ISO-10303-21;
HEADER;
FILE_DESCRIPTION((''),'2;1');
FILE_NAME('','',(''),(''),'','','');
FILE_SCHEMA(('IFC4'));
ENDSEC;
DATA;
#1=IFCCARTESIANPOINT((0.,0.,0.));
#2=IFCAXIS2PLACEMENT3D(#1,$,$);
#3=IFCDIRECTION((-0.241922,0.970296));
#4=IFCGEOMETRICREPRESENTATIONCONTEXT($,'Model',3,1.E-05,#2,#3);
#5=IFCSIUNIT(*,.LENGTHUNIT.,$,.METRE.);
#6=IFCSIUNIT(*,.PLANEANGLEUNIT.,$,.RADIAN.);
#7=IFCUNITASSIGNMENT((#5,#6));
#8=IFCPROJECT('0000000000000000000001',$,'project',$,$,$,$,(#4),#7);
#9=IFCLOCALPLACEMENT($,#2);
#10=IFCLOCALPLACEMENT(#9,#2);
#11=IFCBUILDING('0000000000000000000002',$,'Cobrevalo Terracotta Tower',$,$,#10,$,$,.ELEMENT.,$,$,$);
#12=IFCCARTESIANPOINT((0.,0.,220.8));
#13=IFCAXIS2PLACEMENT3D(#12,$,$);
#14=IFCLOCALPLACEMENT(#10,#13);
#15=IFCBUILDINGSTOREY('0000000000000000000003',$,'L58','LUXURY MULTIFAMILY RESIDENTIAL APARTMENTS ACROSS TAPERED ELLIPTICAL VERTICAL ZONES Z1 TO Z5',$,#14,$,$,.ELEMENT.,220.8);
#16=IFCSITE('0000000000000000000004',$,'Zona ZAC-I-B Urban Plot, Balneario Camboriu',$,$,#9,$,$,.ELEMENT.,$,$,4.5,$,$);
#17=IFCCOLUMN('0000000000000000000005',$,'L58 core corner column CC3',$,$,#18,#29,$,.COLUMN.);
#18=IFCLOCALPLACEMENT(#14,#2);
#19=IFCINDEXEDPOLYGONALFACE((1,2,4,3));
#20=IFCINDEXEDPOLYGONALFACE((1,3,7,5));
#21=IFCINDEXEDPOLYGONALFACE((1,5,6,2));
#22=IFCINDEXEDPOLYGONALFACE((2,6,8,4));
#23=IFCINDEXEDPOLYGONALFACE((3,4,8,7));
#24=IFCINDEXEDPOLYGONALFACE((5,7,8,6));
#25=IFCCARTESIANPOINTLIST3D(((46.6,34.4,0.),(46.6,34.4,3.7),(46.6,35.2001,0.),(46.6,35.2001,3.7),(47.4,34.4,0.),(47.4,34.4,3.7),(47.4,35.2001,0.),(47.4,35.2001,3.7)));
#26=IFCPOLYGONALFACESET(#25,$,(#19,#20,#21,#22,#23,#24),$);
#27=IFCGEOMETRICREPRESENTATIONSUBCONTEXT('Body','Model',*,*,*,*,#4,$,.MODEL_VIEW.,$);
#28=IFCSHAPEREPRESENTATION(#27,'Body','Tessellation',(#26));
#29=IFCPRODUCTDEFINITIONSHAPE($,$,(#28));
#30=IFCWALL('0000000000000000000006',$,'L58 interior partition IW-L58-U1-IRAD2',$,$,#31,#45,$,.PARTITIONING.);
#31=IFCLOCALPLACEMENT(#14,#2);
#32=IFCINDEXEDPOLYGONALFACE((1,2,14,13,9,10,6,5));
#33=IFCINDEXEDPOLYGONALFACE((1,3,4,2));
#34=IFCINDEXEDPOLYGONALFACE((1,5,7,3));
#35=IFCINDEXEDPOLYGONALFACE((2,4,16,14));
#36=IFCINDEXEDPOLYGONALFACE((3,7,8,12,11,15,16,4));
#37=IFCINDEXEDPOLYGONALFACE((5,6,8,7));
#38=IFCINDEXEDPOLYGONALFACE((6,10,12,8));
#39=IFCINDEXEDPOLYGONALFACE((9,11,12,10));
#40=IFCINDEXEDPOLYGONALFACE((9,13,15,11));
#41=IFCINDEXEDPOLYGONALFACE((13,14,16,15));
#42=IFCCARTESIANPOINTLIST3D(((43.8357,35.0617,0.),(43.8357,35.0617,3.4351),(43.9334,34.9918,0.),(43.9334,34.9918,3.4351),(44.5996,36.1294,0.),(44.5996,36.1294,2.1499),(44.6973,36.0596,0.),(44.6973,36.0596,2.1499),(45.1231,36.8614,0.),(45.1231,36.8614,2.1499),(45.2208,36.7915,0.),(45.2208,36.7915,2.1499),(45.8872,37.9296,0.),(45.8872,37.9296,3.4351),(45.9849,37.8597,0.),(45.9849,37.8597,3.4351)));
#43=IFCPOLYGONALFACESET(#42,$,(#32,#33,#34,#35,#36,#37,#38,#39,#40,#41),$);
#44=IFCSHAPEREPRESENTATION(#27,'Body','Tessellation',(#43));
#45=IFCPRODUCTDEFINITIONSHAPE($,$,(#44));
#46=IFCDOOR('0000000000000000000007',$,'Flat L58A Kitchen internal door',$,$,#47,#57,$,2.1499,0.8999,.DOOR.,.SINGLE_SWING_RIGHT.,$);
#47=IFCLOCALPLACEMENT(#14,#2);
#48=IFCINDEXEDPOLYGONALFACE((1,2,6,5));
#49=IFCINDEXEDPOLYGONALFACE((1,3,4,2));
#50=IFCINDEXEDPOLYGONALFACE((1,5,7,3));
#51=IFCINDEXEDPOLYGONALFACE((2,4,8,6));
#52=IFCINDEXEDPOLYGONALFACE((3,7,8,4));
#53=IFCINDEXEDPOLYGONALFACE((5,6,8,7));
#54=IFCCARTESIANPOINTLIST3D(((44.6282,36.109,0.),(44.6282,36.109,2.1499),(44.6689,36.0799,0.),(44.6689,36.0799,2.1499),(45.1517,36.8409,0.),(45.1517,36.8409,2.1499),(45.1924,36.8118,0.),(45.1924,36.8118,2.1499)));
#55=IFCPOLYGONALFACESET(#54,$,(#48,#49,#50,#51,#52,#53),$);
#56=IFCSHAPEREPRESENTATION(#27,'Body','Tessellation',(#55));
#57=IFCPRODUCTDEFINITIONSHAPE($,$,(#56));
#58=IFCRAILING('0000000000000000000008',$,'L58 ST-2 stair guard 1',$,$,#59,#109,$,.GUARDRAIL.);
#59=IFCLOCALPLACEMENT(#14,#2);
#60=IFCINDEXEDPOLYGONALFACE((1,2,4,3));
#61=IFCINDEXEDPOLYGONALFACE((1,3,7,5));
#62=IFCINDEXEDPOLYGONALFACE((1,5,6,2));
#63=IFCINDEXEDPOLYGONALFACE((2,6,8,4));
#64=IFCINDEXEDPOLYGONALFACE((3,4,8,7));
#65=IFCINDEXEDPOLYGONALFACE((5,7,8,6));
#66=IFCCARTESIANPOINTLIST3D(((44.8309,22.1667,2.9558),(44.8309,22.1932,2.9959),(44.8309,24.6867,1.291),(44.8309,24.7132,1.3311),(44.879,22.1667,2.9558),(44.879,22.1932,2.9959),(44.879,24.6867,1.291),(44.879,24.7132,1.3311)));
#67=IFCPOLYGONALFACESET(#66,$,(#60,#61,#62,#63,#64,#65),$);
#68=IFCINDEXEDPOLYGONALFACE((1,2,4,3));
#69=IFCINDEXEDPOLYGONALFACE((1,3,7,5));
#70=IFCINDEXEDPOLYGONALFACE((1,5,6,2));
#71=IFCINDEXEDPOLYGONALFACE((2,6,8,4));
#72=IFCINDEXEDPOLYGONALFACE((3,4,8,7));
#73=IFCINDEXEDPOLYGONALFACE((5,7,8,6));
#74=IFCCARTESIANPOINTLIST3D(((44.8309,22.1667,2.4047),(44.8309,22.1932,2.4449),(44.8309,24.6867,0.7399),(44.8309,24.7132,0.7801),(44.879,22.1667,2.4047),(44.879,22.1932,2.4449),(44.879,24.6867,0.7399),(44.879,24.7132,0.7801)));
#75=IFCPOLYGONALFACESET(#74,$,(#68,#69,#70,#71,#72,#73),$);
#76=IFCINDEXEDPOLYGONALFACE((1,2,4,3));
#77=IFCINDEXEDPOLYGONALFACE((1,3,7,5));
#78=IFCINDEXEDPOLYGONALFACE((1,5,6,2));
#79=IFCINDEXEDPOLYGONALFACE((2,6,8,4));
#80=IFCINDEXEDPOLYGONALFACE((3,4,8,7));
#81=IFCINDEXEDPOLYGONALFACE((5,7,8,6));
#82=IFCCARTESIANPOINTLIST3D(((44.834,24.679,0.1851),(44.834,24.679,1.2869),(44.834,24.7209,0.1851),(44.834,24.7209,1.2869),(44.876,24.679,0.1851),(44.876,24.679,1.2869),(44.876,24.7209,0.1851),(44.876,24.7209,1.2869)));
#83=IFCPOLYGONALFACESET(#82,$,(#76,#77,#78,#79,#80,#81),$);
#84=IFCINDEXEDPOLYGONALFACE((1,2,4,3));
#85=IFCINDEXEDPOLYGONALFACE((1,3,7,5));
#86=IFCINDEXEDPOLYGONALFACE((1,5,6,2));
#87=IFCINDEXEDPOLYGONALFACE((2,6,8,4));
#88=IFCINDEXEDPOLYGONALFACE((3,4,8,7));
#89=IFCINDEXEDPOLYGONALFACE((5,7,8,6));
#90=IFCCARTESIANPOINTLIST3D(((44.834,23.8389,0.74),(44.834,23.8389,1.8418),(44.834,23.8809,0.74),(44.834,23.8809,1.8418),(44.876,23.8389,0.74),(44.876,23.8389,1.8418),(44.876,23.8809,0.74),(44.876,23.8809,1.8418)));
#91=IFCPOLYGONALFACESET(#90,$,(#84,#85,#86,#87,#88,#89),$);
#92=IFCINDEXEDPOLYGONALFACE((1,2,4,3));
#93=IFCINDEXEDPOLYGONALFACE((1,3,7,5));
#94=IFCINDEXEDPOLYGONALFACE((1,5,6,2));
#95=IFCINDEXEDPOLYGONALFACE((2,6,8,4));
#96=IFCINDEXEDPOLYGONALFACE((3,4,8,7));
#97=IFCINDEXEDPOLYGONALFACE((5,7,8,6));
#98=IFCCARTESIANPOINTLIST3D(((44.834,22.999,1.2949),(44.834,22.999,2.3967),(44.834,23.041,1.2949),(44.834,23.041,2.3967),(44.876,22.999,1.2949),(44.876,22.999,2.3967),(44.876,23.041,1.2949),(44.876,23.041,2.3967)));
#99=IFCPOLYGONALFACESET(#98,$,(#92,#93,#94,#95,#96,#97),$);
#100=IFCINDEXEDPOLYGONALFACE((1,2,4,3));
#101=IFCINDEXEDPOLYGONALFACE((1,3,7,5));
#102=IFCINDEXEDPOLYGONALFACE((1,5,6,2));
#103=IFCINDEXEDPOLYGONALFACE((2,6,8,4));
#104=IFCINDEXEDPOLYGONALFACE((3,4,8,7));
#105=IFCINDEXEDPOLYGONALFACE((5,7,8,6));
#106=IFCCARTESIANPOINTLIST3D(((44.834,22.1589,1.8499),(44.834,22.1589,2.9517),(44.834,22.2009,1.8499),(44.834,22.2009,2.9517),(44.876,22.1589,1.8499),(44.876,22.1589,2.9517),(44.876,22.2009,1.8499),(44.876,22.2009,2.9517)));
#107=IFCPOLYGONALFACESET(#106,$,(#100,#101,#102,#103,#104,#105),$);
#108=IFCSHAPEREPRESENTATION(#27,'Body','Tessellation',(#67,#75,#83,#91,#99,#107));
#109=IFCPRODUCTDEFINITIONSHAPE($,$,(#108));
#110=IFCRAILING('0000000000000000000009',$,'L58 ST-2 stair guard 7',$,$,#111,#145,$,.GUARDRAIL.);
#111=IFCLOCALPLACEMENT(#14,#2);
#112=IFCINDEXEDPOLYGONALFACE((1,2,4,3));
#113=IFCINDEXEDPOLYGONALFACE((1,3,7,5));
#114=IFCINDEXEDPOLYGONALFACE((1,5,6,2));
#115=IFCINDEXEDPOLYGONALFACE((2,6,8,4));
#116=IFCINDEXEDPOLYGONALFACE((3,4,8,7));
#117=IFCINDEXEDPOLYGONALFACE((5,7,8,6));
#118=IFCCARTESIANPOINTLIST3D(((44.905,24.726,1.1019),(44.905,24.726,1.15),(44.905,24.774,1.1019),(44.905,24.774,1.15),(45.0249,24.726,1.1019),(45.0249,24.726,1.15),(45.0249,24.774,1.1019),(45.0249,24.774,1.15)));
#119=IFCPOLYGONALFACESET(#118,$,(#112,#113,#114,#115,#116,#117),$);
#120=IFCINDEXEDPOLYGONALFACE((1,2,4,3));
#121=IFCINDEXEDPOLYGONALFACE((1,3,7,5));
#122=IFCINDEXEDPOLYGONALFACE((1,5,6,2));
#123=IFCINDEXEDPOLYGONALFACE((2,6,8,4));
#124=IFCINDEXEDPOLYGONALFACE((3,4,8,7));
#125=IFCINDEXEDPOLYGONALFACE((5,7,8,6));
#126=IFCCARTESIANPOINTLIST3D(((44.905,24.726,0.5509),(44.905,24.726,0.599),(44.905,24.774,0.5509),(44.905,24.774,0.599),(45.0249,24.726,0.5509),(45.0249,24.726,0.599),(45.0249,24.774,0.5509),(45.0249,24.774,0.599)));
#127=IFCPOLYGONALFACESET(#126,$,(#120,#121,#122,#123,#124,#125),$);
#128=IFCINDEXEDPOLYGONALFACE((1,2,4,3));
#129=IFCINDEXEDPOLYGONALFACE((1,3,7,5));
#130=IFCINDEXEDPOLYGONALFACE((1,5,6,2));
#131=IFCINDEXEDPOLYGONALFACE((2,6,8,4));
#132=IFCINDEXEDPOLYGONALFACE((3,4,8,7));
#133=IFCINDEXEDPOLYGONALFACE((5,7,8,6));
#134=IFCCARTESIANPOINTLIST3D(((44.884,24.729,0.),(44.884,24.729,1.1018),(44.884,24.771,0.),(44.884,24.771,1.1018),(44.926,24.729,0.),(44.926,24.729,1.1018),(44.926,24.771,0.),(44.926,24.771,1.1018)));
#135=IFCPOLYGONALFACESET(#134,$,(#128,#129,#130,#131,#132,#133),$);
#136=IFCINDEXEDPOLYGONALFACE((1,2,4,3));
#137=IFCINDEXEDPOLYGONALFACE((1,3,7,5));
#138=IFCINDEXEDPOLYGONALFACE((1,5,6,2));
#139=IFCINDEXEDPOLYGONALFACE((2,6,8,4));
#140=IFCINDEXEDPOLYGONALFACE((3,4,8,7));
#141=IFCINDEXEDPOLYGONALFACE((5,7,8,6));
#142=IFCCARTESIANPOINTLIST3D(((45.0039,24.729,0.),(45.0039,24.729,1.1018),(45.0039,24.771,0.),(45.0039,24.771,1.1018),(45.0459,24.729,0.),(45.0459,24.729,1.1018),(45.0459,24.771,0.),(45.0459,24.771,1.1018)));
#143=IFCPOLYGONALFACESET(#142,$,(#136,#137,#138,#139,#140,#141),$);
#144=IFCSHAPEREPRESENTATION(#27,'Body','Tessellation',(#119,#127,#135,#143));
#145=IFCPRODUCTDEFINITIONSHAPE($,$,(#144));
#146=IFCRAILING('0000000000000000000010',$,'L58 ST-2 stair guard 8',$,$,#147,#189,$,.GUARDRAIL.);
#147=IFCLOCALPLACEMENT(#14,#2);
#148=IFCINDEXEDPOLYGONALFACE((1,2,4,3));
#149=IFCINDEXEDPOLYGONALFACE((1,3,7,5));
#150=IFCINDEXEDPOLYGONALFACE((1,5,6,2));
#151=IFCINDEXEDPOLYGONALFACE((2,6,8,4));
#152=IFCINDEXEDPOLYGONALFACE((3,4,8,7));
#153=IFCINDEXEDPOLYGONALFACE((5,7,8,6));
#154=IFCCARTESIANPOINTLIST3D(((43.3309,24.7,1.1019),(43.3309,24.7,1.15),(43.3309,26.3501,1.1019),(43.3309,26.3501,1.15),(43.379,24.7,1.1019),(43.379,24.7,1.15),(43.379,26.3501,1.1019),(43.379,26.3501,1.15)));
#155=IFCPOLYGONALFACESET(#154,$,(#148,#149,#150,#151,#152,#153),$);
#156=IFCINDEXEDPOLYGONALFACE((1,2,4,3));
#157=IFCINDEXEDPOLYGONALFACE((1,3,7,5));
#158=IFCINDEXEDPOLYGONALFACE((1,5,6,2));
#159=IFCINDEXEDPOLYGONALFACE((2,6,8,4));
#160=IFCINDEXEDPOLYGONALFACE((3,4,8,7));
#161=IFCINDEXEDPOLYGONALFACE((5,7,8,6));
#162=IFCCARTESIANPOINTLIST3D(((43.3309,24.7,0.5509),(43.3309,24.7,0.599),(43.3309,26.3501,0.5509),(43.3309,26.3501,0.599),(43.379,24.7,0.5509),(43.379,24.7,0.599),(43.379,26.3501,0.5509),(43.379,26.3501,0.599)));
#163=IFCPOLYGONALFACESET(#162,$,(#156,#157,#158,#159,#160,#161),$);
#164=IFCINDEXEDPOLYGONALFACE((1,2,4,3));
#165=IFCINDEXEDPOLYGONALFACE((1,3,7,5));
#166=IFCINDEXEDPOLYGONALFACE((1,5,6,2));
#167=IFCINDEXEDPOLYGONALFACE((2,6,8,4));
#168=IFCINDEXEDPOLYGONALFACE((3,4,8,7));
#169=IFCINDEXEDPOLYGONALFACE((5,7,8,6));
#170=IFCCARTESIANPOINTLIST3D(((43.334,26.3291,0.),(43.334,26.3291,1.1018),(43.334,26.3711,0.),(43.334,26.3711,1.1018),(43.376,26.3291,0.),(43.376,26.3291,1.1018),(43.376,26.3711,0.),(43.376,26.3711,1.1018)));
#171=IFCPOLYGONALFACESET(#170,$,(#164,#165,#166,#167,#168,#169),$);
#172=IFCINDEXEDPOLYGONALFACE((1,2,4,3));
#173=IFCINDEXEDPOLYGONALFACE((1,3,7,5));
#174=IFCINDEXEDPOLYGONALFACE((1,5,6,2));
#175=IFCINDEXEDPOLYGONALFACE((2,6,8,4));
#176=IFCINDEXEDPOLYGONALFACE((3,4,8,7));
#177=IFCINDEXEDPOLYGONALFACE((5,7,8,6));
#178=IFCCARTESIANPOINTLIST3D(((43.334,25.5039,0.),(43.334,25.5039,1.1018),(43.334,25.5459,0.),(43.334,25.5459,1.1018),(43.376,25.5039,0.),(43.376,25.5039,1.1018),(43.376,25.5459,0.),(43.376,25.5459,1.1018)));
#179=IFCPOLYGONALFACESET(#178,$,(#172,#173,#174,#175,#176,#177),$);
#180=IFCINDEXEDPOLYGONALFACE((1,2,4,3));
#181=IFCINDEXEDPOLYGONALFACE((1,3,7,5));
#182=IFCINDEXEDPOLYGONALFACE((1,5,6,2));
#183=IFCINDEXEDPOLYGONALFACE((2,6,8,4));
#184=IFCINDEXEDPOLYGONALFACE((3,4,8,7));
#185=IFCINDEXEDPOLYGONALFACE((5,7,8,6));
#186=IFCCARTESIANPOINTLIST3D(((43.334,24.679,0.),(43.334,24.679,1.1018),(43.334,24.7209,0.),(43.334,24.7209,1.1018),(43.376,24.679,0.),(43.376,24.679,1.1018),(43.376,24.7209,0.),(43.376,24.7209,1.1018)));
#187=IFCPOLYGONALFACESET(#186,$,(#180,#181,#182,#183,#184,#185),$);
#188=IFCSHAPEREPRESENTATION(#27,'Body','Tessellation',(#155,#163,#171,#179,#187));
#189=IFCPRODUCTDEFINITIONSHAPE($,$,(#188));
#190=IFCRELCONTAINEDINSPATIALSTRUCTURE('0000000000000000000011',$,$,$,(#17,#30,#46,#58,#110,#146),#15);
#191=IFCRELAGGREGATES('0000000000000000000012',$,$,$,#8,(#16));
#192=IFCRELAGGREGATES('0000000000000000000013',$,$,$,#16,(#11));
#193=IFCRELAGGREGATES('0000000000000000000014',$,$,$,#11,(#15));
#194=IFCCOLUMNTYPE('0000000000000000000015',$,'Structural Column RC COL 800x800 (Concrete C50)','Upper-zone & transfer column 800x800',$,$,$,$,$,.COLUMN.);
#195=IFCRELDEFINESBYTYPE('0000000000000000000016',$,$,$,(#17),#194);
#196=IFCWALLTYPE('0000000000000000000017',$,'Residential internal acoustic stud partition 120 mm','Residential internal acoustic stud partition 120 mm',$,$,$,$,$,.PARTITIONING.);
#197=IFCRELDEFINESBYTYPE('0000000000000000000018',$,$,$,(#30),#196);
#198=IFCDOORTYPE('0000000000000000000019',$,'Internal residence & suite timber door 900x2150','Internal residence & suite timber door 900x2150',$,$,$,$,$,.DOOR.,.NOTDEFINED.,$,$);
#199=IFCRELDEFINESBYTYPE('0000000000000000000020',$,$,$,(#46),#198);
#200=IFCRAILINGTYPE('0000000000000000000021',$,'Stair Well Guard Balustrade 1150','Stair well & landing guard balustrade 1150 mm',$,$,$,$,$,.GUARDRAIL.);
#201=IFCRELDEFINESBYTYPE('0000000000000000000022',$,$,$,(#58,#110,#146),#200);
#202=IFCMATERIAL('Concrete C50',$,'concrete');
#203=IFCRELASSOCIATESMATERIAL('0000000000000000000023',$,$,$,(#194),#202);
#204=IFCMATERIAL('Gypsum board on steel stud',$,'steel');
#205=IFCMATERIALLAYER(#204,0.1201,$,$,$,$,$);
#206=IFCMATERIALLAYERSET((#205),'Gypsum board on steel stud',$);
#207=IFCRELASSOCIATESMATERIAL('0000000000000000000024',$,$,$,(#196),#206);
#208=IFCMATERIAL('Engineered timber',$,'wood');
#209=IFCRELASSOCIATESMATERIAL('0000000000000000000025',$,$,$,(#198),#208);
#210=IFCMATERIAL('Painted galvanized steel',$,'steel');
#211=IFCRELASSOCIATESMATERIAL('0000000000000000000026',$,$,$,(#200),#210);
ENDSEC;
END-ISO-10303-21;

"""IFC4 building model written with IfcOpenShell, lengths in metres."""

from ifc_helpers import new_model, si_unit, direction, frame, frame_2d, origin, origin_2d, place, context, subcontext, project, spatial, rectangle, extrude, source, transform, mapped, material, layer, layer_set, material_profile, profile_set, type_object, element, fill, save


model = new_model("IFC4")

# Units and contexts
model_context = context("Model", 3, precision=1e-05, world=origin(), true_north=direction((-0.241922, 0.970296)))
body_context = subcontext(model_context, "Body", "Model", "MODEL_VIEW")
ifc_project = project(units=[si_unit("LENGTHUNIT", "METRE"), si_unit("PLANEANGLEUNIT", "RADIAN")], contexts=[model_context])

# Site, building, storey
site_placement = place(None, origin())
site = spatial("IfcSite", under=ifc_project, at=site_placement, Name="Zona ZAC-I-B Urban Plot, Balneario Camboriu", CompositionType="ELEMENT", RefElevation=4.5)
building_placement = place(site_placement, origin())
building = spatial("IfcBuilding", under=site, at=building_placement, Name="Cobrevalo Terracotta Tower", CompositionType="ELEMENT")
storey_placement = place(building_placement, frame((0.0, 0.0, 220.8)))
storey = spatial("IfcBuildingStorey", under=building, at=storey_placement, Name="L58", Description="LUXURY MULTIFAMILY RESIDENTIAL APARTMENTS ACROSS TAPERED ELLIPTICAL VERTICAL ZONES Z1 TO Z5", CompositionType="ELEMENT", Elevation=220.8)

# Column
ifc_material_1 = material(Name="Concrete C50", Category="concrete")
ifc_material_profile = material_profile(ifc_material_1, rectangle(XDim=0.8, YDim=0.8, at=origin_2d()), Name="RC COL 800x800")
ifc_profile_set = profile_set([ifc_material_profile], Name="Concrete C50")
column_type = type_object("IfcColumnType", Name="Structural Column RC COL 800x800 (Concrete C50)", Description="Upper-zone & transfer column 800x800", PredefinedType="COLUMN", material=ifc_profile_set)
column_placement = place(storey_placement, frame((47.0, 34.8, 0.0), z_axis=(0.0, 0.0, 1.0), x_axis=(1.0, 0.0, 0.0)))
element("IfcColumn", 1, at=column_placement, inside=storey, type_object=column_type, Name="L58 core corner column CC3", PredefinedType="COLUMN", context=body_context, shape_type="SweptSolid", body=[
    extrude(rectangle(XDim=0.8, YDim=0.8, at=origin_2d()), origin(), (0.0, 0.0, 1.0), 3.7),
])

# Wall, opening, door
ifc_material_2 = material(Name="Gypsum board on steel stud", Category="steel")
ifc_layer_1 = layer(ifc_material_2, 0.1201)
ifc_layer_set_1 = layer_set([ifc_layer_1], Name="Gypsum board on steel stud")
wall_type_1 = type_object("IfcWallType", Name="Residential internal acoustic stud partition 120 mm", Description="Residential internal acoustic stud partition 120 mm", PredefinedType="PARTITIONING", material=ifc_layer_set_1)
wall_1_placement = place(storey_placement, frame((43.8845, 35.0266, 0.0), z_axis=(0.0, 0.0, 1.0), x_axis=(0.581801, 0.813331, 0.0)))
wall_1 = element("IfcWall", 2, at=wall_1_placement, inside=storey, type_object=wall_type_1, Name="L58 interior partition IW-L58-U1-IRAD2", PredefinedType="PARTITIONING", context=body_context, shape_type="SweptSolid", body=[
    extrude(rectangle(XDim=3.5261, YDim=0.1201, at=frame_2d((1.7632, 0.0))), origin(), (0.0, 0.0, 1.0), 3.4351),
])
opening_1_placement = place(wall_1_placement, frame((1.313, 0.0, 0.0)))
opening_1 = element("IfcOpeningElement", 3, at=opening_1_placement, cuts=wall_1, PredefinedType="OPENING", context=body_context, shape_type="SweptSolid", body=[
    extrude(rectangle(XDim=0.8999, YDim=2.1499, at=frame_2d((0.45, 1.075))), frame((0.0, 0.0701, 0.0), z_axis=(0.0, -1.0, 0.0), x_axis=(1.0, 0.0, 0.0)), (0.0, 0.0, 1.0), 0.1401),
])
ifc_material_3 = material(Name="Engineered timber", Category="wood")
door_type_1 = type_object("IfcDoorType", Name="Internal residence & suite timber door 900x2150", Description="Internal residence & suite timber door 900x2150", OperationType="NOTDEFINED", PredefinedType="DOOR", material=ifc_material_3)
shared_shape_1 = source(origin(), body_context, "Body", "SweptSolid", [
    extrude(rectangle(XDim=0.8999, YDim=2.1499, at=frame_2d((0.45, 1.075))), frame((0.0, 0.0249, 0.0), z_axis=(0.0, -1.0, 0.0), x_axis=(1.0, 0.0, 0.0)), (0.0, 0.0, 1.0), 0.05),
])
door_1_placement = place(opening_1_placement, origin())
door_1 = element("IfcDoor", 4, at=door_1_placement, inside=storey, type_object=door_type_1, Name="Flat L58A Kitchen internal door", OperationType="SINGLE_SWING_RIGHT", OverallHeight=2.1499, OverallWidth=0.8999, PredefinedType="DOOR", context=body_context, shape_type="MappedRepresentation", body=[
    mapped(shared_shape_1, transform((0.0, 0.0, 0.0), scale=1.0)),
])
fill(opening_1, door_1)

# Railings
ifc_material_4 = material(Name="Painted galvanized steel", Category="steel")
railing_type = type_object("IfcRailingType", Name="Stair Well Guard Balustrade 1150", Description="Stair well & landing guard balustrade 1150 mm", PredefinedType="GUARDRAIL", material=ifc_material_4)
railing_1_placement = place(storey_placement, frame((44.855, 24.7, 0.1851)))
element("IfcRailing", 5, at=railing_1_placement, inside=storey, type_object=railing_type, Name="L58 ST-2 stair guard 1", PredefinedType="GUARDRAIL", context=body_context, shape_type="SweptSolid", body=[
    extrude(rectangle(XDim=0.0481, YDim=0.0481, at=origin_2d()), frame((0.0, 0.0, 1.126), z_axis=(0.0, -0.834369, 0.551207), x_axis=(1.0, 0.0, 0.0)), (0.0, 0.0, 1.0), 3.0203),
    extrude(rectangle(XDim=0.0481, YDim=0.0481, at=origin_2d()), frame((0.0, 0.0, 0.575), z_axis=(0.0, -0.834369, 0.551207), x_axis=(1.0, 0.0, 0.0)), (0.0, 0.0, 1.0), 3.0203),
    extrude(rectangle(XDim=0.042, YDim=0.042, at=origin_2d()), origin(), (0.0, 0.0, 1.0), 1.1018),
    extrude(rectangle(XDim=0.042, YDim=0.042, at=origin_2d()), frame((0.0, -0.8401, 0.5549)), (0.0, 0.0, 1.0), 1.1018),
    extrude(rectangle(XDim=0.042, YDim=0.042, at=origin_2d()), frame((0.0, -1.6799, 1.1099)), (0.0, 0.0, 1.0), 1.1018),
    extrude(rectangle(XDim=0.042, YDim=0.042, at=origin_2d()), frame((0.0, -2.52, 1.6648)), (0.0, 0.0, 1.0), 1.1018),
])
railing_2_placement = place(storey_placement, frame((44.905, 24.75, 0.0)))
element("IfcRailing", 6, at=railing_2_placement, inside=storey, type_object=railing_type, Name="L58 ST-2 stair guard 7", PredefinedType="GUARDRAIL", context=body_context, shape_type="SweptSolid", body=[
    extrude(rectangle(XDim=0.0481, YDim=0.0481, at=origin_2d()), frame((0.0, 0.0, 1.126), z_axis=(1.0, 0.0, 0.0), x_axis=(0.0, 1.0, 0.0)), (0.0, 0.0, 1.0), 0.1199),
    extrude(rectangle(XDim=0.0481, YDim=0.0481, at=origin_2d()), frame((0.0, 0.0, 0.575), z_axis=(1.0, 0.0, 0.0), x_axis=(0.0, 1.0, 0.0)), (0.0, 0.0, 1.0), 0.1199),
    extrude(rectangle(XDim=0.042, YDim=0.042, at=origin_2d()), origin(), (0.0, 0.0, 1.0), 1.1018),
    extrude(rectangle(XDim=0.042, YDim=0.042, at=origin_2d()), frame((0.1199, 0.0, 0.0)), (0.0, 0.0, 1.0), 1.1018),
])
for number, where, name in (
    (7, (43.355, 26.3501, 0.0), "L58 ST-2 stair guard 8"),
):
    element("IfcRailing", number, at=place(storey_placement, frame(where)), inside=storey, type_object=railing_type, Name=name, PredefinedType="GUARDRAIL", context=body_context, shape_type="SweptSolid", body=[
        extrude(rectangle(XDim=0.0481, YDim=0.0481, at=origin_2d()), frame((0.0, 0.0, 1.126), z_axis=(0.0, -1.0, 0.0), x_axis=(1.0, 0.0, 0.0)), (0.0, 0.0, 1.0), 1.6501),
        extrude(rectangle(XDim=0.0481, YDim=0.0481, at=origin_2d()), frame((0.0, 0.0, 0.575), z_axis=(0.0, -1.0, 0.0), x_axis=(1.0, 0.0, 0.0)), (0.0, 0.0, 1.0), 1.6501),
        extrude(rectangle(XDim=0.042, YDim=0.042, at=origin_2d()), origin(), (0.0, 0.0, 1.0), 1.1018),
        extrude(rectangle(XDim=0.042, YDim=0.042, at=origin_2d()), frame((0.0, -0.8252, 0.0)), (0.0, 0.0, 1.0), 1.1018),
        extrude(rectangle(XDim=0.042, YDim=0.042, at=origin_2d()), frame((0.0, -1.6501, 0.0)), (0.0, 0.0, 1.0), 1.1018),
    ])

save(model, "model.ifc")
